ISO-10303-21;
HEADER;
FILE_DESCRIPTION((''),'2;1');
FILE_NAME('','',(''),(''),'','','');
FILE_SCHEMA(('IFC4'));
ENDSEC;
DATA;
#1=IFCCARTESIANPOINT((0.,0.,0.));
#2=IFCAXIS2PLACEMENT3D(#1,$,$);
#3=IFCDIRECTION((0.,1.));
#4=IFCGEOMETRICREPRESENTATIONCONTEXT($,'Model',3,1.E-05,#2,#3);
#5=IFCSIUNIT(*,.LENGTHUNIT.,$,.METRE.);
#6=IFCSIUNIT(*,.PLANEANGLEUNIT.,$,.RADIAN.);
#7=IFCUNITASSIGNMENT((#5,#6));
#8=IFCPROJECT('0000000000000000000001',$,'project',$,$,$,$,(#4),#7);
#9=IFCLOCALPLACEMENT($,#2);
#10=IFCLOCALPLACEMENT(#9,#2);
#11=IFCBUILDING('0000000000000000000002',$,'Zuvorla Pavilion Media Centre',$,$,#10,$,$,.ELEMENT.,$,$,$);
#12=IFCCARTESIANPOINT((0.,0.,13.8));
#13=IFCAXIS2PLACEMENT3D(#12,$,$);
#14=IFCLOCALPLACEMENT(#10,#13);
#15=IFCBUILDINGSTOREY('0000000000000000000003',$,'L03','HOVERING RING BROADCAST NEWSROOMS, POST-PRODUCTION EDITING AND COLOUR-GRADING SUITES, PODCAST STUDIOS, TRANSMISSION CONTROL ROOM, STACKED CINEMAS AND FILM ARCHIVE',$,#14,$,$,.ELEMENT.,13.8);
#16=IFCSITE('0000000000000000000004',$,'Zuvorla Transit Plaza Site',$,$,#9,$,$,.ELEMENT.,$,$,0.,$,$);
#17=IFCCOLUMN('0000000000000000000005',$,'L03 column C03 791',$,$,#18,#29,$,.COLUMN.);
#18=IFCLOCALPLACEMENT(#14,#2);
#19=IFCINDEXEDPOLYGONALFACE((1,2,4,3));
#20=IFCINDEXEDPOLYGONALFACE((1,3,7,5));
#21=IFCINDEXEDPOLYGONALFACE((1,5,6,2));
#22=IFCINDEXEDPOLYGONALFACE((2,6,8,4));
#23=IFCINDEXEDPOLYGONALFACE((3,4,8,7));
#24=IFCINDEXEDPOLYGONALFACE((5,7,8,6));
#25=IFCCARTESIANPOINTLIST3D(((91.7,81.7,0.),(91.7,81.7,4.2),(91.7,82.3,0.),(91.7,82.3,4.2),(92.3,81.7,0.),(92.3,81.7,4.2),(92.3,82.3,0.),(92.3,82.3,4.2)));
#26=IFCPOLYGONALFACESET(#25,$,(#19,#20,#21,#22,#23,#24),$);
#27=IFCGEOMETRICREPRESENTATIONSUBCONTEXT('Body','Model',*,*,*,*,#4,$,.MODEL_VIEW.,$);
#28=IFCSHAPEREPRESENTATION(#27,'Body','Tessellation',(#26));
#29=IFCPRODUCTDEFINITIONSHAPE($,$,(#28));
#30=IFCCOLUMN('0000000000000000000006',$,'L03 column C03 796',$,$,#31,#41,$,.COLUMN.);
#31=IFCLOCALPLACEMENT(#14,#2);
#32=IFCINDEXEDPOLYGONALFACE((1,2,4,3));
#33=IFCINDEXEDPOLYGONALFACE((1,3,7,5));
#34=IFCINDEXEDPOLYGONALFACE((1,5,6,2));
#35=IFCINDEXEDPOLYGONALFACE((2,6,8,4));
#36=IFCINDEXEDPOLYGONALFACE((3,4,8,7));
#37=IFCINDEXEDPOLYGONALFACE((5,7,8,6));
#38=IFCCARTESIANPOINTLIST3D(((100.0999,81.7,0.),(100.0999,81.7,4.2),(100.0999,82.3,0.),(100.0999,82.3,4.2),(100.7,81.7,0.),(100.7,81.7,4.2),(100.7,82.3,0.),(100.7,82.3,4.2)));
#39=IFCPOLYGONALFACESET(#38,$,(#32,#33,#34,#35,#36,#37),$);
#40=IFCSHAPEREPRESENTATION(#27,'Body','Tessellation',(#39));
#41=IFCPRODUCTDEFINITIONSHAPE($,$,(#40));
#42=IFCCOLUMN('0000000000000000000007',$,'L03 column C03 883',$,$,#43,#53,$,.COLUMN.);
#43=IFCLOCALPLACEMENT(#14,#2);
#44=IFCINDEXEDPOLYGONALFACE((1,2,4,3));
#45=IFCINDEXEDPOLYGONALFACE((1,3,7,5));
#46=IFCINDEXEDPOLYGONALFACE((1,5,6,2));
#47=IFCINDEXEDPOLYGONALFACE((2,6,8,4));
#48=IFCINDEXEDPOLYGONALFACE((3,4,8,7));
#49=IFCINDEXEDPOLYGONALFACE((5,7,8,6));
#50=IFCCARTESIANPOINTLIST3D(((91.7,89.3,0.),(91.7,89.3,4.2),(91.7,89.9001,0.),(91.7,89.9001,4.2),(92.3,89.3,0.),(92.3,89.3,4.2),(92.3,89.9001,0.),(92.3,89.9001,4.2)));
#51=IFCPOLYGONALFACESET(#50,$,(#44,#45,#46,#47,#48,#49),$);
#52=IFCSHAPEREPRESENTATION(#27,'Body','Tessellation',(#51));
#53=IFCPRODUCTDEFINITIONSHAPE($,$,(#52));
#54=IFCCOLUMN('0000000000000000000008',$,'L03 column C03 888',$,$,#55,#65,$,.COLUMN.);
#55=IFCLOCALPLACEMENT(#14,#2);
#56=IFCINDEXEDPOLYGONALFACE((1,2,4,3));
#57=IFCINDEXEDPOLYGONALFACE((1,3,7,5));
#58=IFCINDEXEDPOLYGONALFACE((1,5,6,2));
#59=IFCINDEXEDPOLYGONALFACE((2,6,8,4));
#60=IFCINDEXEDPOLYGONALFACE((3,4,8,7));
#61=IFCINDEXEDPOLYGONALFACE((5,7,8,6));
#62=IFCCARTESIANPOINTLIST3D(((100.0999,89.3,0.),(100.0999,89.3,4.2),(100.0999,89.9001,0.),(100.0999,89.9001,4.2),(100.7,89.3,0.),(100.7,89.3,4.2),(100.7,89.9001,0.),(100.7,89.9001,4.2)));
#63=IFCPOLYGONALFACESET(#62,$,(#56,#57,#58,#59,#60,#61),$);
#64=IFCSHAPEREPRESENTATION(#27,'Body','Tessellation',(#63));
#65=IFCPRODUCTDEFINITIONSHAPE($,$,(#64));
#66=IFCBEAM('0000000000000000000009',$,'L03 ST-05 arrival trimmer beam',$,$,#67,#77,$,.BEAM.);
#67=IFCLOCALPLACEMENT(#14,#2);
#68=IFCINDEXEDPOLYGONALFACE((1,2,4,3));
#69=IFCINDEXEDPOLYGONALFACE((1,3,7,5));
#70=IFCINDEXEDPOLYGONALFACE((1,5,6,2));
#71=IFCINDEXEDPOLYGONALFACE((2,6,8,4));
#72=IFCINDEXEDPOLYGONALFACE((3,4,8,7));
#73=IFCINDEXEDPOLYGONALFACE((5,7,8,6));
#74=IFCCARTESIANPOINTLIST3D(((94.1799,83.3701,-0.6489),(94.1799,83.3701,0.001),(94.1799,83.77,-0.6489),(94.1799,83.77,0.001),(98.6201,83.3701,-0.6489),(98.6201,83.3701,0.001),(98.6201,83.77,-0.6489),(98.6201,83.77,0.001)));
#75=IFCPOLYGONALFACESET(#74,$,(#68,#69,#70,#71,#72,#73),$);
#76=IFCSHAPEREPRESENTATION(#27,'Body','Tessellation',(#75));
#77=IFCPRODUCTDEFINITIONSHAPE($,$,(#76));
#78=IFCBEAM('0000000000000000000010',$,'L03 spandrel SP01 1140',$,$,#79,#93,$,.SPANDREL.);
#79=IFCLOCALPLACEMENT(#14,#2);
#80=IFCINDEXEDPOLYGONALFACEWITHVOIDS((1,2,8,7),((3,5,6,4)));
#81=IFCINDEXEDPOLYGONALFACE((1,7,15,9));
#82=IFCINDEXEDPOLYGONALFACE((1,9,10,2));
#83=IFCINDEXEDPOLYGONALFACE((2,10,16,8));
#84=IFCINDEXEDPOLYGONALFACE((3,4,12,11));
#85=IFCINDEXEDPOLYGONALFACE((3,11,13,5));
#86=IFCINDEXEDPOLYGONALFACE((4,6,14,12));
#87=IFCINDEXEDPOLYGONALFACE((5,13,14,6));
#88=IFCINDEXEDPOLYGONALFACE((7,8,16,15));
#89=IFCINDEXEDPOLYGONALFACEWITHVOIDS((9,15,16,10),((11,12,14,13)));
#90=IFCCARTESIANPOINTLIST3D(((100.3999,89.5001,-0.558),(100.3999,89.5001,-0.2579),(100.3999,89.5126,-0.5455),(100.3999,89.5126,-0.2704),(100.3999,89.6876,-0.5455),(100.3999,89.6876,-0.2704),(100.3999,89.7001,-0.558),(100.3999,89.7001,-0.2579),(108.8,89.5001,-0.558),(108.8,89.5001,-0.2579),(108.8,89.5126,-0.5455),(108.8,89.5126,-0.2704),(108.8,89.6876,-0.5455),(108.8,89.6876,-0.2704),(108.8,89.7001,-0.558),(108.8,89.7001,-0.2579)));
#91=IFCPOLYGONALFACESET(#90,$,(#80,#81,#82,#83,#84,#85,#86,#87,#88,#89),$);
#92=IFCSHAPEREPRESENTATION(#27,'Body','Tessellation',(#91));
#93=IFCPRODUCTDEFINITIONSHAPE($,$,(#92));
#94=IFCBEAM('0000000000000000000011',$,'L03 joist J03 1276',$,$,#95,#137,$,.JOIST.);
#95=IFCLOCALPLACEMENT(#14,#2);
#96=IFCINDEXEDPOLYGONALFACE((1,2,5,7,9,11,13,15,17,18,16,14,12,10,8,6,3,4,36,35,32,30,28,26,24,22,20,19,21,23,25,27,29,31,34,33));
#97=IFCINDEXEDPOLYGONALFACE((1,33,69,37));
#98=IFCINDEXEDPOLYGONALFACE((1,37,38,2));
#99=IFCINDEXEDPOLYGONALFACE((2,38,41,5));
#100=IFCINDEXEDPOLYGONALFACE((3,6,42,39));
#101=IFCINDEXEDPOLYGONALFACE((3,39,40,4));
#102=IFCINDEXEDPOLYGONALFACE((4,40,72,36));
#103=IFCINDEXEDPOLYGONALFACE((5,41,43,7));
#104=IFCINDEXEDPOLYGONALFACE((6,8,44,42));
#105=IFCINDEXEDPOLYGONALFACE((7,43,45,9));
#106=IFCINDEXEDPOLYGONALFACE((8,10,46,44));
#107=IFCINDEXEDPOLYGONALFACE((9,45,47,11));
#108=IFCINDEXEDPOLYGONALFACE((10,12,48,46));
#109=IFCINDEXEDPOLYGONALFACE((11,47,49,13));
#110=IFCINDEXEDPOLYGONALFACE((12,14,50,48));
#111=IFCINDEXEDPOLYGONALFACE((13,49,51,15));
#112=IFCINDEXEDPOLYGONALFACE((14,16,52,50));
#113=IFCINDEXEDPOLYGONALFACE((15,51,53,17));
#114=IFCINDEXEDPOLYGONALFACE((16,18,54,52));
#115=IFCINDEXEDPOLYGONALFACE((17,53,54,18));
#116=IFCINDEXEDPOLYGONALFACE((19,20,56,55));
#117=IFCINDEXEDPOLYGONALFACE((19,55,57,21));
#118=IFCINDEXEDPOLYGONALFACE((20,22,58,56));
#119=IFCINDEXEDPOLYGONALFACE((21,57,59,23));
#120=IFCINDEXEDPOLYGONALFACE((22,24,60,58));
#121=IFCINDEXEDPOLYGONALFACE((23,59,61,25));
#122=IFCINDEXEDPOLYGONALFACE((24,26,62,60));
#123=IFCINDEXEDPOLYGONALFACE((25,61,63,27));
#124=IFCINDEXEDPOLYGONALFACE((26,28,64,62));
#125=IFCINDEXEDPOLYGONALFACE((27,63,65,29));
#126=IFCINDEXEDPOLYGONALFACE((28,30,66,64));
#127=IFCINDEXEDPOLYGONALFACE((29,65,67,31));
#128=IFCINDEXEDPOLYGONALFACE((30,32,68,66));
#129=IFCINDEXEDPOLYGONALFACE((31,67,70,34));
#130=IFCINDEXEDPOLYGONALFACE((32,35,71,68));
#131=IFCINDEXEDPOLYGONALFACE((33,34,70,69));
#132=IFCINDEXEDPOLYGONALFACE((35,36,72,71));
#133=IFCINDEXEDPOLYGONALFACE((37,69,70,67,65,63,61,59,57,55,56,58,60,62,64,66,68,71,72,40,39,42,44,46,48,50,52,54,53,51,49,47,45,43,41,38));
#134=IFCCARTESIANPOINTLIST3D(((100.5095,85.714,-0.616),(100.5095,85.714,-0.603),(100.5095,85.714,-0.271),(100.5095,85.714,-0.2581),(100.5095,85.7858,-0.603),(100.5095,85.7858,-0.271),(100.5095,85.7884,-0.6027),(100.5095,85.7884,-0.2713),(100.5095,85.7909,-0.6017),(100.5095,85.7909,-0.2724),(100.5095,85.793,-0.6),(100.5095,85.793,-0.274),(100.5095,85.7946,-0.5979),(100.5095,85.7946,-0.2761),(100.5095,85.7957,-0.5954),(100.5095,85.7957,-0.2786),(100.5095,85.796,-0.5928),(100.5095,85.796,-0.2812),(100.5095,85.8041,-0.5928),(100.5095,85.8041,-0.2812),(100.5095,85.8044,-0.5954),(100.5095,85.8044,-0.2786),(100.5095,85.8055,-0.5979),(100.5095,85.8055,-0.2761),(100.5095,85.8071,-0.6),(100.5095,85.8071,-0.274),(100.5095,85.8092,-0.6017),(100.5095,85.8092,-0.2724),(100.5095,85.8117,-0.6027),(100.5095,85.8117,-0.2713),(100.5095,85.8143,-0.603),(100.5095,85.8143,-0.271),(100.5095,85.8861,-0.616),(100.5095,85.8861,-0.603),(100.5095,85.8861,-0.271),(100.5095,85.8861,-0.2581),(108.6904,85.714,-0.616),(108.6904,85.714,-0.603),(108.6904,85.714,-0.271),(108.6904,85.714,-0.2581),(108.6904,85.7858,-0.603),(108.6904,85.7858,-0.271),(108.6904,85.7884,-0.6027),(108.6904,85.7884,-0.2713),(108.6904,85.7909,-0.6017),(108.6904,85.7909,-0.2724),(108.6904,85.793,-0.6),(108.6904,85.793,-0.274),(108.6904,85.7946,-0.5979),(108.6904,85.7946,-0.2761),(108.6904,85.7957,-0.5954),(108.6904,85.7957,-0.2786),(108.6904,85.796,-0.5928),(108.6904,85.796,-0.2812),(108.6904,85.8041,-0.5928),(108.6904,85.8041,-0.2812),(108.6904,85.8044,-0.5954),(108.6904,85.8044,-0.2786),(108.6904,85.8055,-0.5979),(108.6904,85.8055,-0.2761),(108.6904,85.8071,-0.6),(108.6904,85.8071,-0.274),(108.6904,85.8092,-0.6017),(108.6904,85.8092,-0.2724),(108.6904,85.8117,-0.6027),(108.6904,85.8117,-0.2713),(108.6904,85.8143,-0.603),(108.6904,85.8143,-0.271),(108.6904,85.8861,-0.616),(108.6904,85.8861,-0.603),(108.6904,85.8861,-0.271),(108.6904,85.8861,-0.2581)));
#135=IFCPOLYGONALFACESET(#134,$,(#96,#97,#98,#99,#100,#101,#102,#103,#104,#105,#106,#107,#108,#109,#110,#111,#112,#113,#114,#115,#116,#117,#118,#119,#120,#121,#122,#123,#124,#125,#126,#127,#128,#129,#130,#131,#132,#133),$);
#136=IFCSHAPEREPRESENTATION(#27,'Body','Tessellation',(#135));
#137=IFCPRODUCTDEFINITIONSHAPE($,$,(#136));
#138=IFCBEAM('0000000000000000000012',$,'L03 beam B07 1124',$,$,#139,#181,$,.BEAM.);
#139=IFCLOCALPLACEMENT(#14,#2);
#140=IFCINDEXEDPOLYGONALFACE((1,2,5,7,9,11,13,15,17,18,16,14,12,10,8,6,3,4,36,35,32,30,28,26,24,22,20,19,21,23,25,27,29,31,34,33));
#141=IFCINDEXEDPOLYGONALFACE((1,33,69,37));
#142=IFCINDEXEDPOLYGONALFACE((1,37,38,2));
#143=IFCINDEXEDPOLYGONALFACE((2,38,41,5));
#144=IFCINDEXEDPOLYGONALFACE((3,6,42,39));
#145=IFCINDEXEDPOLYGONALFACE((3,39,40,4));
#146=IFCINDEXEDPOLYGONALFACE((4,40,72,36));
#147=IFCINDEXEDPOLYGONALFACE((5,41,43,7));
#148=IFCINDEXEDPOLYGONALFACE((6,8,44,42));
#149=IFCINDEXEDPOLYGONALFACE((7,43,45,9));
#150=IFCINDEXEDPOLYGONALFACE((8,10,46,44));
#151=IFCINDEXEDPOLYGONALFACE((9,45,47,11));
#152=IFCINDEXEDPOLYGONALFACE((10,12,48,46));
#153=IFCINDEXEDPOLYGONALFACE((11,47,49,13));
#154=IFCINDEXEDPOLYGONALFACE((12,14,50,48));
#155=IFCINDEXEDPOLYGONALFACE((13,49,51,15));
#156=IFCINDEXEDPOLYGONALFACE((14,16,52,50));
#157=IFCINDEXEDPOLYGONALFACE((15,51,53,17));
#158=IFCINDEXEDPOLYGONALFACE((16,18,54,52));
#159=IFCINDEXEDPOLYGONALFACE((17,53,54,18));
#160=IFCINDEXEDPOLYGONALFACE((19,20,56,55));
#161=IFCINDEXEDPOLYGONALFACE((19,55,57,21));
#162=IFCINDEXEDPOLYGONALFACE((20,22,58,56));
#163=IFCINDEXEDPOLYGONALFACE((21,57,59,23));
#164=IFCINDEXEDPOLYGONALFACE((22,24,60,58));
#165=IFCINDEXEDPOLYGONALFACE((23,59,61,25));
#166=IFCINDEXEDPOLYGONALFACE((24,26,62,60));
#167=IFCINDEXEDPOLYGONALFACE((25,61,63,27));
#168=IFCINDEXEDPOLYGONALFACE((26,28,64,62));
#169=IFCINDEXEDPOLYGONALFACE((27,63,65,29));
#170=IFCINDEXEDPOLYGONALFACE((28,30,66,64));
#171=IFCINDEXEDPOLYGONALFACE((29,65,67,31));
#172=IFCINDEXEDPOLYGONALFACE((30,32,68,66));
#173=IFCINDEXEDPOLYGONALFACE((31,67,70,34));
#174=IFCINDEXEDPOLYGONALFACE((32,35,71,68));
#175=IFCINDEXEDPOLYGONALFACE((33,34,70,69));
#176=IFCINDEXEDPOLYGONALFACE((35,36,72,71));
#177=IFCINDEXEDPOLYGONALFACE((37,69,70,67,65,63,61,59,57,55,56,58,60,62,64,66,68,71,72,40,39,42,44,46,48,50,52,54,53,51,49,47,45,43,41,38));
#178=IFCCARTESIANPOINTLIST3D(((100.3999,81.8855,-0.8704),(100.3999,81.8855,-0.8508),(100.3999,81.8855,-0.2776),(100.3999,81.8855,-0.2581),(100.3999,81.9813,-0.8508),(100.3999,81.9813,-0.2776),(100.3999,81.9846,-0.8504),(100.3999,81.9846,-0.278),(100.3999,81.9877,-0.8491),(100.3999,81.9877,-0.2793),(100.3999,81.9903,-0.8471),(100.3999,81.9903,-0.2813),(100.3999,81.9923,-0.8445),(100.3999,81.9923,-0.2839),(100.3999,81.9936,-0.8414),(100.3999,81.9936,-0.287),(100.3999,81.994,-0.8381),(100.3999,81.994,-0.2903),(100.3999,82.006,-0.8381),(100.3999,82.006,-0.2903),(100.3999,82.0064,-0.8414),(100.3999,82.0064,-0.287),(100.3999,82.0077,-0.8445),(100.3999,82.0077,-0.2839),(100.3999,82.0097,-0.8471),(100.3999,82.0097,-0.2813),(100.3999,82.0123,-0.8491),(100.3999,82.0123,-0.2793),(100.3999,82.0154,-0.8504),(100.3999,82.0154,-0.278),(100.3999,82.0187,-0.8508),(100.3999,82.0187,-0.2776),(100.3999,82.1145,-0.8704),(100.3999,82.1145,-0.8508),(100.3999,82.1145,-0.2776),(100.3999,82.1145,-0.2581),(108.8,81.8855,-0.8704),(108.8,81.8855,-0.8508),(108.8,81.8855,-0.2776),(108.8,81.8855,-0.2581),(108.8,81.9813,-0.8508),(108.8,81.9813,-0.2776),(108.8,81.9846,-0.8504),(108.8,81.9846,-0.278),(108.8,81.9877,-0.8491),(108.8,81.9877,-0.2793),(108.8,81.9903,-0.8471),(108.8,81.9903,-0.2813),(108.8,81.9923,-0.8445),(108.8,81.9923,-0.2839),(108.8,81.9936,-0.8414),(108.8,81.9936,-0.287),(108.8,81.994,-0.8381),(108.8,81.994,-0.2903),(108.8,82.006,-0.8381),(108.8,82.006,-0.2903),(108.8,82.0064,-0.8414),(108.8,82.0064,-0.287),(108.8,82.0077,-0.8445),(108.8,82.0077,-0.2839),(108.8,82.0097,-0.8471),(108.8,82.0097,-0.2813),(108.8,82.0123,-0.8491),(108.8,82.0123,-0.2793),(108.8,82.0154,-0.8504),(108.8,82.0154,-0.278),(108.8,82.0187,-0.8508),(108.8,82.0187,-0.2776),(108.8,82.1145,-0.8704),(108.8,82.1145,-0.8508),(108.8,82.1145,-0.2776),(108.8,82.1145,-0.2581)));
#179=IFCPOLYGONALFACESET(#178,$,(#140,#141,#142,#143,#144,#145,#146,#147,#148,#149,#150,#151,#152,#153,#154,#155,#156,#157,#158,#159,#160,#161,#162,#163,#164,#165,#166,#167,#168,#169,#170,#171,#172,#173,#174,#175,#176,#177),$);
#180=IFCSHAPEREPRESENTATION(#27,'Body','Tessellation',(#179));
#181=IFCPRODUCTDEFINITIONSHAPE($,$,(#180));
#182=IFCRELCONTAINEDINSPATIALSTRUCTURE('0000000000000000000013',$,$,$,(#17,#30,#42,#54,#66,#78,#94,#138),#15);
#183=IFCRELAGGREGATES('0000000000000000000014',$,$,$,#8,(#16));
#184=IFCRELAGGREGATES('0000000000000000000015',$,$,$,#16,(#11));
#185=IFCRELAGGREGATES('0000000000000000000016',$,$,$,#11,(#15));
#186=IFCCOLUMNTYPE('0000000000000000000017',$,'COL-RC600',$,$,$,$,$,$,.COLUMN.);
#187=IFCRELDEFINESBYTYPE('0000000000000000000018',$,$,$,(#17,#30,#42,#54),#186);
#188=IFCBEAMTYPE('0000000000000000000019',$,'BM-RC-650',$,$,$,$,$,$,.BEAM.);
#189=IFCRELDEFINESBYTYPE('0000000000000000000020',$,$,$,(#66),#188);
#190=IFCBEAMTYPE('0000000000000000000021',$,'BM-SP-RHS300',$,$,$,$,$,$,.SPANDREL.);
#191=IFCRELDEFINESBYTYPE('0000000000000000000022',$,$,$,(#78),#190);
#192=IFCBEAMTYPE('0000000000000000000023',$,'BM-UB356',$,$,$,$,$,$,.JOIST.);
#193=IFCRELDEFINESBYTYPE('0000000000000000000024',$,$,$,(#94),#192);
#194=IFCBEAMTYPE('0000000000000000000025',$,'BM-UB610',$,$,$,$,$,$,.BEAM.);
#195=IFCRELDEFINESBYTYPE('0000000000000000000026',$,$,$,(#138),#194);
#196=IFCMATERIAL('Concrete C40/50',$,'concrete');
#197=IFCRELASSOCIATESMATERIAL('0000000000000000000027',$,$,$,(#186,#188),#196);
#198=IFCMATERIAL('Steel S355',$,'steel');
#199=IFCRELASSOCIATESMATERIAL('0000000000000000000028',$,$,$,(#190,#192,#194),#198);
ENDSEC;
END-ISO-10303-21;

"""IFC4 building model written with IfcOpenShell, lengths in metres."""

from ifc_helpers import new_model, si_unit, direction, frame, origin, origin_2d, place, context, subcontext, project, spatial, rectangle, hollow_rectangle, i_section, extrude, material, material_profile, profile_set, type_object, element, save


model = new_model("IFC4")

# Units and contexts
model_context = context("Model", 3, precision=1e-05, world=origin(), true_north=direction((0.0, 1.0)))
body_context = subcontext(model_context, "Body", "Model", "MODEL_VIEW")
ifc_project = project(units=[si_unit("LENGTHUNIT", "METRE"), si_unit("PLANEANGLEUNIT", "RADIAN")], contexts=[model_context])

# Site, building, storey
site_placement = place(None, origin())
site = spatial("IfcSite", under=ifc_project, at=site_placement, Name="Zuvorla Transit Plaza Site", CompositionType="ELEMENT", RefElevation=0.0)
building_placement = place(site_placement, origin())
building = spatial("IfcBuilding", under=site, at=building_placement, Name="Zuvorla Pavilion Media Centre", CompositionType="ELEMENT")
storey_placement = place(building_placement, frame((0.0, 0.0, 13.8)))
storey = spatial("IfcBuildingStorey", under=building, at=storey_placement, Name="L03", Description="HOVERING RING BROADCAST NEWSROOMS, POST-PRODUCTION EDITING AND COLOUR-GRADING SUITES, PODCAST STUDIOS, TRANSMISSION CONTROL ROOM, STACKED CINEMAS AND FILM ARCHIVE", CompositionType="ELEMENT", Elevation=13.8)

# Columns
ifc_material_1 = material(Name="Concrete C40/50", Category="concrete")
ifc_material_profile_1 = material_profile(ifc_material_1, rectangle(XDim=0.6001, YDim=0.6001, at=origin_2d()), Name="RC 600x600")
ifc_profile_set_1 = profile_set([ifc_material_profile_1], Name="Concrete C40/50")
column_type = type_object("IfcColumnType", Name="COL-RC600", PredefinedType="COLUMN", material=ifc_profile_set_1)
for number, where, z_axis, x_axis, name in (
    (1, (92.0, 82.0, 0.0), (0.0, 0.0, 1.0), (1.0, 0.0, 0.0), "L03 column C03 791"),
    (2, (100.3999, 82.0, 0.0), (0.0, 0.0, 1.0), (1.0, 0.0, 0.0), "L03 column C03 796"),
    (3, (92.0, 89.6001, 0.0), (0.0, 0.0, 1.0), (1.0, 0.0, 0.0), "L03 column C03 883"),
    (4, (100.3999, 89.6001, 0.0), (0.0, 0.0, 1.0), (1.0, 0.0, 0.0), "L03 column C03 888"),
):
    element("IfcColumn", number, at=place(storey_placement, frame(where, z_axis=z_axis, x_axis=x_axis)), inside=storey, type_object=column_type, Name=name, PredefinedType="COLUMN", context=body_context, shape_type="SweptSolid", body=[
        extrude(rectangle(XDim=0.6001, YDim=0.6001, at=origin_2d()), origin(), (0.0, 0.0, 1.0), 4.2),
    ])

# Beams
ifc_material_profile_2 = material_profile(ifc_material_1, rectangle(XDim=0.3999, YDim=0.6499, at=origin_2d()), Name="RC 400x650")
ifc_profile_set_2 = profile_set([ifc_material_profile_2], Name="Concrete C40/50")
beam_type_1 = type_object("IfcBeamType", Name="BM-RC-650", PredefinedType="BEAM", material=ifc_profile_set_2)
beam_1_placement = place(storey_placement, frame((94.1799, 83.5701, -0.324), z_axis=(1.0, 0.0, 0.0), x_axis=(0.0, 1.0, 0.0)))
element("IfcBeam", 5, at=beam_1_placement, inside=storey, type_object=beam_type_1, Name="L03 ST-05 arrival trimmer beam", PredefinedType="BEAM", context=body_context, shape_type="SweptSolid", body=[
    extrude(rectangle(XDim=0.3999, YDim=0.6499, at=origin_2d()), origin(), (0.0, 0.0, 1.0), 4.4402),
])
ifc_material_2 = material(Name="Steel S355", Category="steel")
ifc_material_profile_3 = material_profile(ifc_material_2, hollow_rectangle(XDim=0.2, YDim=0.3, WallThickness=0.0125, at=origin_2d()), Name="RHS 300x200x12.5")
ifc_profile_set_3 = profile_set([ifc_material_profile_3], Name="Steel S355")
beam_type_2 = type_object("IfcBeamType", Name="BM-SP-RHS300", PredefinedType="SPANDREL", material=ifc_profile_set_3)
beam_2_placement = place(storey_placement, frame((100.3999, 89.6001, -0.408), z_axis=(1.0, 0.0, 0.0), x_axis=(0.0, 1.0, 0.0)))
element("IfcBeam", 6, at=beam_2_placement, inside=storey, type_object=beam_type_2, Name="L03 spandrel SP01 1140", PredefinedType="SPANDREL", context=body_context, shape_type="SweptSolid", body=[
    extrude(hollow_rectangle(XDim=0.2, YDim=0.3, WallThickness=0.0125, at=origin_2d()), origin(), (0.0, 0.0, 1.0), 8.4001),
])
ifc_material_profile_4 = material_profile(ifc_material_2, i_section(OverallWidth=0.1721, OverallDepth=0.3579, WebThickness=0.0081, FlangeThickness=0.0129, FilletRadius=0.0103, at=origin_2d()), Name="UB 356x171x57")
ifc_profile_set_4 = profile_set([ifc_material_profile_4], Name="Steel S355")
beam_type_3 = type_object("IfcBeamType", Name="BM-UB356", PredefinedType="JOIST", material=ifc_profile_set_4)
beam_3_placement = place(storey_placement, frame((100.5095, 85.8, -0.437), z_axis=(1.0, 0.0, 0.0), x_axis=(0.0, 1.0, 0.0)))
element("IfcBeam", 7, at=beam_3_placement, inside=storey, type_object=beam_type_3, Name="L03 joist J03 1276", PredefinedType="JOIST", context=body_context, shape_type="SweptSolid", body=[
    extrude(i_section(OverallWidth=0.1721, OverallDepth=0.3579, WebThickness=0.0081, FlangeThickness=0.0129, FilletRadius=0.0103, at=origin_2d()), origin(), (0.0, 0.0, 1.0), 8.1809),
])
ifc_material_profile_5 = material_profile(ifc_material_2, i_section(OverallWidth=0.229, OverallDepth=0.6123, WebThickness=0.012, FlangeThickness=0.0195, FilletRadius=0.0127, at=origin_2d()), Name="UB 610x229x125")
ifc_profile_set_5 = profile_set([ifc_material_profile_5], Name="Steel S355")
beam_type_4 = type_object("IfcBeamType", Name="BM-UB610", PredefinedType="BEAM", material=ifc_profile_set_5)
beam_4_placement = place(storey_placement, frame((100.3999, 82.0, -0.5642), z_axis=(1.0, 0.0, 0.0), x_axis=(0.0, 1.0, 0.0)))
element("IfcBeam", 8, at=beam_4_placement, inside=storey, type_object=beam_type_4, Name="L03 beam B07 1124", PredefinedType="BEAM", context=body_context, shape_type="SweptSolid", body=[
    extrude(i_section(OverallWidth=0.229, OverallDepth=0.6123, WebThickness=0.012, FlangeThickness=0.0195, FilletRadius=0.0127, at=origin_2d()), origin(), (0.0, 0.0, 1.0), 8.4001),
])

save(model, "model.ifc")
